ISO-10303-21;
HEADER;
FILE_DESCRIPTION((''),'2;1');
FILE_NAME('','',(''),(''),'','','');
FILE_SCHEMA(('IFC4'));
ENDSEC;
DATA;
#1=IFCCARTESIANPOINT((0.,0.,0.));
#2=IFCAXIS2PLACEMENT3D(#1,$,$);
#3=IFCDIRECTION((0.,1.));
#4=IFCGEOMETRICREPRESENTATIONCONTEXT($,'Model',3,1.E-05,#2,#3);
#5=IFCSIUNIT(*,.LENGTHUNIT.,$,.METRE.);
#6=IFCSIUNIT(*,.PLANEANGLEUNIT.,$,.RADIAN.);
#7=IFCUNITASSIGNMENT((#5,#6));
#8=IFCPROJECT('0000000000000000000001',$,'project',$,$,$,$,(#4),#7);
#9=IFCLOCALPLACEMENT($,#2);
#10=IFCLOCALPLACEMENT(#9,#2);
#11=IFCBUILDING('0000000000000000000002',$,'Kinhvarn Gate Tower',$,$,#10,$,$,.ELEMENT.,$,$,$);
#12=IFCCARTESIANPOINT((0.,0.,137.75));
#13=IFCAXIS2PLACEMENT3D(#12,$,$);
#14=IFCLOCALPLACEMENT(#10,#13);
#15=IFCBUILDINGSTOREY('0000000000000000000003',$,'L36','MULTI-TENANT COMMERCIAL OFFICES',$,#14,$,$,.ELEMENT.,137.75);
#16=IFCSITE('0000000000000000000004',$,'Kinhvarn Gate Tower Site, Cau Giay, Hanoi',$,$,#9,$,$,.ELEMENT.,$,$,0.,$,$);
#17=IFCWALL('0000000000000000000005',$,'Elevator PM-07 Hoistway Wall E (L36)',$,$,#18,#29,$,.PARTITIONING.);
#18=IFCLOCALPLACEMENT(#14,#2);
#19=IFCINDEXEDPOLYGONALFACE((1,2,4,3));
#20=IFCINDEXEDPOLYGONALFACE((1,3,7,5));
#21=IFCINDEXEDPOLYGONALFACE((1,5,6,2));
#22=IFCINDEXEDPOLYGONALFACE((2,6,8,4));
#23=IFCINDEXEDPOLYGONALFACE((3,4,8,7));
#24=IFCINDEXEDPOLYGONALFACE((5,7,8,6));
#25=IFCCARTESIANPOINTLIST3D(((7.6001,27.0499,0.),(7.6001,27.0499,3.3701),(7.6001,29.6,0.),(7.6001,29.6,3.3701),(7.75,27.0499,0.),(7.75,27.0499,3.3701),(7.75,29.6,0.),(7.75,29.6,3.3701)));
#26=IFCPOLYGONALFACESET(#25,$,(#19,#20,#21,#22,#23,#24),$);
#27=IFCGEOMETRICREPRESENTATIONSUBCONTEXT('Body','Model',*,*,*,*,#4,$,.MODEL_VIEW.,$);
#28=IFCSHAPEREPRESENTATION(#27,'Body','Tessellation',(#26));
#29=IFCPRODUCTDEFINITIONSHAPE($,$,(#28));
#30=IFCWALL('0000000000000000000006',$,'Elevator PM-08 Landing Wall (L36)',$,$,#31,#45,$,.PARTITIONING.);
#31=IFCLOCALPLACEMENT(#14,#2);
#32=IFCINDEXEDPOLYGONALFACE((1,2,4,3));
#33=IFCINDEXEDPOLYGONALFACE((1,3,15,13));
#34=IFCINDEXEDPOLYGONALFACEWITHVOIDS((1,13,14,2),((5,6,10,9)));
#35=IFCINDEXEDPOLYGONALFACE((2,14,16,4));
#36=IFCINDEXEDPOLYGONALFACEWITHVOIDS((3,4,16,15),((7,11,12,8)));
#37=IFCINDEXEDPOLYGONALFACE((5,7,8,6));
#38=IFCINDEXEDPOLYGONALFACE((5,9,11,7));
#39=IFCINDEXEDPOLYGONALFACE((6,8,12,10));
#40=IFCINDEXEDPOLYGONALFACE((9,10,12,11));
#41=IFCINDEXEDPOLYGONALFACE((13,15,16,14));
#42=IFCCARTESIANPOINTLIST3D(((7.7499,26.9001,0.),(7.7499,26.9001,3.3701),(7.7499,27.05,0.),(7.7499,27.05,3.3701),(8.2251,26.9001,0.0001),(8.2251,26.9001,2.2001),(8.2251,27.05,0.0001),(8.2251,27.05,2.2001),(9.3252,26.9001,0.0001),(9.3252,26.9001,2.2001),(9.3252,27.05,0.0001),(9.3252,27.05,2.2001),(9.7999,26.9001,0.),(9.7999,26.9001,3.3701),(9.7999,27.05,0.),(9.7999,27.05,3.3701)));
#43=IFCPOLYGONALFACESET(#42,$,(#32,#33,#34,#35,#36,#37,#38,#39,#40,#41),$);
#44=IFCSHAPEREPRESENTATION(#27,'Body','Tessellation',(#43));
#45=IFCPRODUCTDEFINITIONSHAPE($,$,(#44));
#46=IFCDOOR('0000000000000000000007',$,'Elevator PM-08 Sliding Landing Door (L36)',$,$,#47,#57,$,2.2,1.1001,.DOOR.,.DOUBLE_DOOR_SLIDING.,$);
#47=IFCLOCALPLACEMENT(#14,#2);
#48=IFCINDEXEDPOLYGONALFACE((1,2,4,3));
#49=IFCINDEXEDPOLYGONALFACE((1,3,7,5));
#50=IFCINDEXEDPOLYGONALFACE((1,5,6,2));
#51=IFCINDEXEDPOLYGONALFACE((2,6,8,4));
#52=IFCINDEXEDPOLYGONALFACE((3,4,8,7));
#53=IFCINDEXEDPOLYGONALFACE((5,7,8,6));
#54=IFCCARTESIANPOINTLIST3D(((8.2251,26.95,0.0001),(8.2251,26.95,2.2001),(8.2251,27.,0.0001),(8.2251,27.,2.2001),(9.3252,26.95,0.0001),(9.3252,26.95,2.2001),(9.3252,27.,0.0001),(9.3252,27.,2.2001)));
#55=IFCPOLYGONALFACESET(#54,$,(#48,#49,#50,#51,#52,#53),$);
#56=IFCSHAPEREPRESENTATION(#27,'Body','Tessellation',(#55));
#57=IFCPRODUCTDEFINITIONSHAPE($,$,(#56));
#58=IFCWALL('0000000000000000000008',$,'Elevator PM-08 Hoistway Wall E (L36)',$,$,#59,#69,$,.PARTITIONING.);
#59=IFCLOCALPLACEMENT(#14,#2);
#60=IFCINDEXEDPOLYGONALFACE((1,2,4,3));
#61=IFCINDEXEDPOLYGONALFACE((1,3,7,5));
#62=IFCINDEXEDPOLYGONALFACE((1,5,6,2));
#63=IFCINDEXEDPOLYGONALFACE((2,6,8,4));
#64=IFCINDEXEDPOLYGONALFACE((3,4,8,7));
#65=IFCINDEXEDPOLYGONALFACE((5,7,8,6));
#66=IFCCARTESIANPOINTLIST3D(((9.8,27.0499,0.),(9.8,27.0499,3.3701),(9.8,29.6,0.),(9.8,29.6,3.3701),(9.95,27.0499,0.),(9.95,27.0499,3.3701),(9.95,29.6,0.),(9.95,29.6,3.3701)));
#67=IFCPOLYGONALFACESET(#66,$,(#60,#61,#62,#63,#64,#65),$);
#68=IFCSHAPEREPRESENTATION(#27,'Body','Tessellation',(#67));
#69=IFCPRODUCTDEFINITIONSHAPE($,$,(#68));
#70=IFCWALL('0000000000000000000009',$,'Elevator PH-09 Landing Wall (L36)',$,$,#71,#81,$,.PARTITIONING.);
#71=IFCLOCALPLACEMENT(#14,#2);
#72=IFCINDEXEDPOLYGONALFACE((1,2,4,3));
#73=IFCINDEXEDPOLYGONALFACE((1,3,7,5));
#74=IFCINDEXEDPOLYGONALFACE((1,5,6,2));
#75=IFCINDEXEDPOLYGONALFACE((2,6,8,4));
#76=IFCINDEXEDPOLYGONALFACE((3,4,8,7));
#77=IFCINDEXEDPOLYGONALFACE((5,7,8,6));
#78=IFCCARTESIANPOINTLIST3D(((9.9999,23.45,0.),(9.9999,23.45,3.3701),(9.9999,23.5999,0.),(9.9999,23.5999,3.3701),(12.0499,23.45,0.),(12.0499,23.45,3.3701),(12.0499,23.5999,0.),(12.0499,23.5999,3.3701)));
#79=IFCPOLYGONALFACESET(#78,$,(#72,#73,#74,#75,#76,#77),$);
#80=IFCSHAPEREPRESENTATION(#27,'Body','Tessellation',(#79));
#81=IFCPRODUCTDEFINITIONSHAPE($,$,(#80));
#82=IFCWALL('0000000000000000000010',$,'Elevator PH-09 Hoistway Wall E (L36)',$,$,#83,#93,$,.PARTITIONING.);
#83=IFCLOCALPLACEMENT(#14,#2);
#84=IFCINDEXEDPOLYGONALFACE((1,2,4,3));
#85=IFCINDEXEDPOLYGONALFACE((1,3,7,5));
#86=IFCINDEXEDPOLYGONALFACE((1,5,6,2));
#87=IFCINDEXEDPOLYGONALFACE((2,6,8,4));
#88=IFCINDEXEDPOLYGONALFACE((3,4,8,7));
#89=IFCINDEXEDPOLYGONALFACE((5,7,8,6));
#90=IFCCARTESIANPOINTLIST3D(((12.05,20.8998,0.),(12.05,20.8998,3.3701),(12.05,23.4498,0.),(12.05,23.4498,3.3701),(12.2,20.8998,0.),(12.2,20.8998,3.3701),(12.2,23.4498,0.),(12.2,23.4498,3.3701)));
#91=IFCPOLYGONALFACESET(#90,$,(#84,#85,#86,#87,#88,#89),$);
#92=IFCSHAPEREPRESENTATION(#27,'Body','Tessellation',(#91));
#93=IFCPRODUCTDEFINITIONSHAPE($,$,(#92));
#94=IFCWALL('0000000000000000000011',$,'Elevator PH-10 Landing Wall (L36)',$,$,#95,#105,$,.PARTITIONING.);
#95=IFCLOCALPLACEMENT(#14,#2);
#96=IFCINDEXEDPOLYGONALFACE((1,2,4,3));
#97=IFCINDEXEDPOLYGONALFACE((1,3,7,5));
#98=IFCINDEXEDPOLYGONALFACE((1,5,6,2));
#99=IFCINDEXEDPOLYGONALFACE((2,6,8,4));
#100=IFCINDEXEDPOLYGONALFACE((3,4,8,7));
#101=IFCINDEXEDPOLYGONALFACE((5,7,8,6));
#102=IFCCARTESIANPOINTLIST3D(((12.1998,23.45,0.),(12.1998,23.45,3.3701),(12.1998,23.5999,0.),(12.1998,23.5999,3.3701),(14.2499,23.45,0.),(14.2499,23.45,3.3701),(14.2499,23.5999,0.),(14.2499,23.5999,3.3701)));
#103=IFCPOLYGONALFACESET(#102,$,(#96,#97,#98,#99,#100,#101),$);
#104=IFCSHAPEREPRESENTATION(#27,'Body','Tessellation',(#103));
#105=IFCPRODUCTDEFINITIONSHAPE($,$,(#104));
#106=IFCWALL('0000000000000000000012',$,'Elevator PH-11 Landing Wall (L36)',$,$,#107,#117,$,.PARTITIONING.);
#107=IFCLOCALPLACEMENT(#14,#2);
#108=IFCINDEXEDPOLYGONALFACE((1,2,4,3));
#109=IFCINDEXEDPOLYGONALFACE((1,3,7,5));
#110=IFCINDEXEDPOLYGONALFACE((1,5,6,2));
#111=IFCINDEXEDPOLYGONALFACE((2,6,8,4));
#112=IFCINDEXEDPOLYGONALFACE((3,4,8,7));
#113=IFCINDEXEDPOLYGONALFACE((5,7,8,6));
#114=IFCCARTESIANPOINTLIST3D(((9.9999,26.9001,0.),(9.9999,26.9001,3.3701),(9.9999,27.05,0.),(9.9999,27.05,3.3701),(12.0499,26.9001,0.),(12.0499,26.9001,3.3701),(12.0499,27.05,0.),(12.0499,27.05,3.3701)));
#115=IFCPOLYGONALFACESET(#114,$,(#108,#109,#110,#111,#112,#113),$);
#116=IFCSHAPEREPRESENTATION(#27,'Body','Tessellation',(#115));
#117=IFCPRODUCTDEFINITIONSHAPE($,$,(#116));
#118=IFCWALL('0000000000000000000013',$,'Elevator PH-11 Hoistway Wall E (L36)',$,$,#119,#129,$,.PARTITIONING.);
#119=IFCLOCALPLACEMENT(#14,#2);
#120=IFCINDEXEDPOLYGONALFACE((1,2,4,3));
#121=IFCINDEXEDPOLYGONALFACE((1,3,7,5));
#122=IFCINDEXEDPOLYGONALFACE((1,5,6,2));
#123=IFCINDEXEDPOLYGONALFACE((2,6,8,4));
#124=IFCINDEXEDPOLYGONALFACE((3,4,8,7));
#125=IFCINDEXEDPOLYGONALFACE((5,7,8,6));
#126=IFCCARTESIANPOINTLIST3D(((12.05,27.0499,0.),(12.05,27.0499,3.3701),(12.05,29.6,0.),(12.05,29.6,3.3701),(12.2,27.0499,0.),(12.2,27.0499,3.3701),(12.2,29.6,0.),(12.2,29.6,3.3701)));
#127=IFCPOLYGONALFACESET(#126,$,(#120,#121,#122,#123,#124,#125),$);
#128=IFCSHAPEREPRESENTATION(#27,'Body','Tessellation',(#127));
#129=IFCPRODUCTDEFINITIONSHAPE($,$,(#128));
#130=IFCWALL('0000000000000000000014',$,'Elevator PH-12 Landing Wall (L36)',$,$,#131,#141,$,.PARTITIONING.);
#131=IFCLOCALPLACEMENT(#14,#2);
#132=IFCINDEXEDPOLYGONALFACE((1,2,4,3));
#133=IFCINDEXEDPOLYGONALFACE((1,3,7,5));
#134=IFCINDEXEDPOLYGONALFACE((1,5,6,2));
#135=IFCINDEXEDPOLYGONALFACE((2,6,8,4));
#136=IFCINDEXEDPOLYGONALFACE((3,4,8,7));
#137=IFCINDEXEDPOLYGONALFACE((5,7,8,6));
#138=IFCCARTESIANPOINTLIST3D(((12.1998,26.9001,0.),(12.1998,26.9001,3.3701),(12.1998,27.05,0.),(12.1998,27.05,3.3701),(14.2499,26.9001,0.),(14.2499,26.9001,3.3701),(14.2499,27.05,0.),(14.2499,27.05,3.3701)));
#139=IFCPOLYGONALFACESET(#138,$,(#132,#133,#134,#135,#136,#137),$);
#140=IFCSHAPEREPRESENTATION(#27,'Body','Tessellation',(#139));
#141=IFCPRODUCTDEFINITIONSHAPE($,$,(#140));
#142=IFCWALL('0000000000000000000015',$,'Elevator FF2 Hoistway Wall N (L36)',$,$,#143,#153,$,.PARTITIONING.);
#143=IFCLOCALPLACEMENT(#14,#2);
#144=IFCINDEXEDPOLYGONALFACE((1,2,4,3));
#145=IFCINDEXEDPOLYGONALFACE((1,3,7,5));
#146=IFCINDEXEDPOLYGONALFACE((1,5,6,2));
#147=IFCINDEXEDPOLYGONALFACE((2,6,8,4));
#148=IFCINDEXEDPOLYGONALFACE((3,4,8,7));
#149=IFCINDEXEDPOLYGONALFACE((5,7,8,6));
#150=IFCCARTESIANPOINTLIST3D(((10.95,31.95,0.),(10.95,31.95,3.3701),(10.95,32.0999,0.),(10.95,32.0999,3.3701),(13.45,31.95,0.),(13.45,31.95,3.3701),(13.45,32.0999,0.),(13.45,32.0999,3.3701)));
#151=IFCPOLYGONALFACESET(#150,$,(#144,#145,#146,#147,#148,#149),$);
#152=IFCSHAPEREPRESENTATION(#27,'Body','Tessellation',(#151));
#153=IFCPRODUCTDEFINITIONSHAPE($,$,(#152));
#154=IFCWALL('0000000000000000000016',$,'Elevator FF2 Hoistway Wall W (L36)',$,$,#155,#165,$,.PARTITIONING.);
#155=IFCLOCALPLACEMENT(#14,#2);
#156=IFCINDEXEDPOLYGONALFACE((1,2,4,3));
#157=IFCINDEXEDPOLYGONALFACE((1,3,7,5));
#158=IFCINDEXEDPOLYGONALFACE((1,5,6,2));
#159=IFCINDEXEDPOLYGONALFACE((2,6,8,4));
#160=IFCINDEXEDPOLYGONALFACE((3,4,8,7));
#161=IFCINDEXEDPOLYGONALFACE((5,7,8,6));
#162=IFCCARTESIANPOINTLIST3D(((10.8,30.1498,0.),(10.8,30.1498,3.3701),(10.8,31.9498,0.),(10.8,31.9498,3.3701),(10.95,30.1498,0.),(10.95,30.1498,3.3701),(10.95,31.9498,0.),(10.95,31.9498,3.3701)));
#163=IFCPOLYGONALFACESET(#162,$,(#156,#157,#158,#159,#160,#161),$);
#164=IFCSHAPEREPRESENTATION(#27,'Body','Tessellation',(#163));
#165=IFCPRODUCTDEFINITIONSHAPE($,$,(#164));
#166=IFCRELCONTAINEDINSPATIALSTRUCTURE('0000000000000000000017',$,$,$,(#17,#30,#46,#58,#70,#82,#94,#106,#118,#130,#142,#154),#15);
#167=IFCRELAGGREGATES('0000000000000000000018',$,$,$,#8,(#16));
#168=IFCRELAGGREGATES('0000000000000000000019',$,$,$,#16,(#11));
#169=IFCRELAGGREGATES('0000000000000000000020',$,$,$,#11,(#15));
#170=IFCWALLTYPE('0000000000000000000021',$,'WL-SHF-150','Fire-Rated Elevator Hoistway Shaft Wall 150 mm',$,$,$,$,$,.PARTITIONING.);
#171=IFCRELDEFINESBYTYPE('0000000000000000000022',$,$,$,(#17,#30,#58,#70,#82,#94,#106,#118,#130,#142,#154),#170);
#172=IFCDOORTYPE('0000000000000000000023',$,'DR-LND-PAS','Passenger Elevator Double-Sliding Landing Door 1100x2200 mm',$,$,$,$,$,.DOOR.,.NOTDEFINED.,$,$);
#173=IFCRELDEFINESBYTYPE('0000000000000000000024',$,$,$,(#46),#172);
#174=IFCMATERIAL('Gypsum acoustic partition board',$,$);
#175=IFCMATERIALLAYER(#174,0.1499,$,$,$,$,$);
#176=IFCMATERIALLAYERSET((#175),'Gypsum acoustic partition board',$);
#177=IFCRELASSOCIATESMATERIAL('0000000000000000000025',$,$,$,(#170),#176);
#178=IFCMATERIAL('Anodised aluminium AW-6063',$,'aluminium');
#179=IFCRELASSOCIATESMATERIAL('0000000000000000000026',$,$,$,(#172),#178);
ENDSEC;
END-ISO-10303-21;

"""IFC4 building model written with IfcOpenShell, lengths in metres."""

from ifc_helpers import new_model, si_unit, direction, frame, frame_2d, origin, place, context, subcontext, project, spatial, rectangle, extrude, material, layer, layer_set, type_object, element, fill, save


model = new_model("IFC4")

# Units and contexts
model_context = context("Model", 3, precision=1e-05, world=origin(), true_north=direction((0.0, 1.0)))
body_context = subcontext(model_context, "Body", "Model", "MODEL_VIEW")
ifc_project = project(units=[si_unit("LENGTHUNIT", "METRE"), si_unit("PLANEANGLEUNIT", "RADIAN")], contexts=[model_context])

# Site, building, storey
site_placement = place(None, origin())
site = spatial("IfcSite", under=ifc_project, at=site_placement, Name="Kinhvarn Gate Tower Site, Cau Giay, Hanoi", CompositionType="ELEMENT", RefElevation=0.0)
building_placement = place(site_placement, origin())
building = spatial("IfcBuilding", under=site, at=building_placement, Name="Kinhvarn Gate Tower", CompositionType="ELEMENT")
storey_placement = place(building_placement, frame((0.0, 0.0, 137.75)))
storey = spatial("IfcBuildingStorey", under=building, at=storey_placement, Name="L36", Description="MULTI-TENANT COMMERCIAL OFFICES", CompositionType="ELEMENT", Elevation=137.75)

# Shared definitions
ifc_material_1 = material(Name="Gypsum acoustic partition board")

# Shared definitions
ifc_layer_1 = layer(ifc_material_1, 0.1499)
ifc_layer_set_1 = layer_set([ifc_layer_1], Name="Gypsum acoustic partition board")
wall_type_1 = type_object("IfcWallType", Name="WL-SHF-150", Description="Fire-Rated Elevator Hoistway Shaft Wall 150 mm", PredefinedType="PARTITIONING", material=ifc_layer_set_1)
ifc_material_2 = material(Name="Anodised aluminium AW-6063", Category="aluminium")
door_type_1 = type_object("IfcDoorType", Name="DR-LND-PAS", Description="Passenger Elevator Double-Sliding Landing Door 1100x2200 mm", OperationType="NOTDEFINED", PredefinedType="DOOR", material=ifc_material_2)

# Wall
for number, where, z_axis, x_axis, name in (
    (1, (7.675, 27.05, 0.0), (0.0, 0.0, 1.0), (0.0, 1.0, 0.0), "Elevator PM-07 Hoistway Wall E (L36)"),
):
    element("IfcWall", number, at=place(storey_placement, frame(where, z_axis=z_axis, x_axis=x_axis)), inside=storey, type_object=wall_type_1, Name=name, PredefinedType="PARTITIONING", context=body_context, shape_type="SweptSolid", body=[
        extrude(rectangle(XDim=2.55, YDim=0.1499, at=frame_2d((1.2749, 0.0))), origin(), (0.0, 0.0, 1.0), 3.3701),
    ])

# Wall, opening, door
wall_1_placement = place(storey_placement, frame((7.75, 26.9751, 0.0), z_axis=(0.0, 0.0, 1.0), x_axis=(1.0, 0.0, 0.0)))
wall_1 = element("IfcWall", 2, at=wall_1_placement, inside=storey, type_object=wall_type_1, Name="Elevator PM-08 Landing Wall (L36)", PredefinedType="PARTITIONING", context=body_context, shape_type="SweptSolid", body=[
    extrude(rectangle(XDim=2.05, YDim=0.1499, at=frame_2d((1.0249, 0.0))), origin(), (0.0, 0.0, 1.0), 3.3701),
])
opening_1_placement = place(wall_1_placement, frame((0.4751, 0.0, 0.0)))
opening_1 = element("IfcOpeningElement", 3, at=opening_1_placement, cuts=wall_1, PredefinedType="OPENING", context=body_context, shape_type="SweptSolid", body=[
    extrude(rectangle(XDim=1.1001, YDim=2.2, at=frame_2d((0.55, 1.1001))), frame((0.0, 0.085, 0.0), z_axis=(0.0, -1.0, 0.0), x_axis=(1.0, 0.0, 0.0)), (0.0, 0.0, 1.0), 0.1699),
])
door_1_placement = place(opening_1_placement, origin())
door_1 = element("IfcDoor", 4, at=door_1_placement, inside=storey, type_object=door_type_1, Name="Elevator PM-08 Sliding Landing Door (L36)", OperationType="DOUBLE_DOOR_SLIDING", OverallHeight=2.2, OverallWidth=1.1001, PredefinedType="DOOR", context=body_context, shape_type="SweptSolid", body=[
    extrude(rectangle(XDim=1.1001, YDim=2.2, at=frame_2d((0.55, 1.1001))), frame((0.0, 0.0249, 0.0), z_axis=(0.0, -1.0, 0.0), x_axis=(1.0, 0.0, 0.0)), (0.0, 0.0, 1.0), 0.05),
])
fill(opening_1, door_1)

# Walls
wall_2_placement = place(storey_placement, frame((9.875, 27.05, 0.0), z_axis=(0.0, 0.0, 1.0), x_axis=(0.0, 1.0, 0.0)))
element("IfcWall", 5, at=wall_2_placement, inside=storey, type_object=wall_type_1, Name="Elevator PM-08 Hoistway Wall E (L36)", PredefinedType="PARTITIONING", context=body_context, shape_type="SweptSolid", body=[
    extrude(rectangle(XDim=2.55, YDim=0.1499, at=frame_2d((1.2749, 0.0))), origin(), (0.0, 0.0, 1.0), 3.3701),
])
wall_3_placement = place(storey_placement, frame((10.0, 23.5249, 0.0), z_axis=(0.0, 0.0, 1.0), x_axis=(1.0, 0.0, 0.0)))
element("IfcWall", 6, at=wall_3_placement, inside=storey, type_object=wall_type_1, Name="Elevator PH-09 Landing Wall (L36)", PredefinedType="PARTITIONING", context=body_context, shape_type="SweptSolid", body=[
    extrude(rectangle(XDim=2.05, YDim=0.1499, at=frame_2d((1.0249, 0.0))), origin(), (0.0, 0.0, 1.0), 3.3701),
])
wall_4_placement = place(storey_placement, frame((12.125, 20.8999, 0.0), z_axis=(0.0, 0.0, 1.0), x_axis=(0.0, 1.0, 0.0)))
element("IfcWall", 7, at=wall_4_placement, inside=storey, type_object=wall_type_1, Name="Elevator PH-09 Hoistway Wall E (L36)", PredefinedType="PARTITIONING", context=body_context, shape_type="SweptSolid", body=[
    extrude(rectangle(XDim=2.55, YDim=0.1499, at=frame_2d((1.2749, 0.0))), origin(), (0.0, 0.0, 1.0), 3.3701),
])
for number, where, z_axis, x_axis, name in (
    (8, (12.2, 23.5249, 0.0), (0.0, 0.0, 1.0), (1.0, 0.0, 0.0), "Elevator PH-10 Landing Wall (L36)"),
    (9, (10.0, 26.9751, 0.0), (0.0, 0.0, 1.0), (1.0, 0.0, 0.0), "Elevator PH-11 Landing Wall (L36)"),
):
    element("IfcWall", number, at=place(storey_placement, frame(where, z_axis=z_axis, x_axis=x_axis)), inside=storey, type_object=wall_type_1, Name=name, PredefinedType="PARTITIONING", context=body_context, shape_type="SweptSolid", body=[
        extrude(rectangle(XDim=2.05, YDim=0.1499, at=frame_2d((1.0249, 0.0))), origin(), (0.0, 0.0, 1.0), 3.3701),
    ])
wall_5_placement = place(storey_placement, frame((12.125, 27.05, 0.0), z_axis=(0.0, 0.0, 1.0), x_axis=(0.0, 1.0, 0.0)))
element("IfcWall", 10, at=wall_5_placement, inside=storey, type_object=wall_type_1, Name="Elevator PH-11 Hoistway Wall E (L36)", PredefinedType="PARTITIONING", context=body_context, shape_type="SweptSolid", body=[
    extrude(rectangle(XDim=2.55, YDim=0.1499, at=frame_2d((1.2749, 0.0))), origin(), (0.0, 0.0, 1.0), 3.3701),
])
wall_6_placement = place(storey_placement, frame((12.2, 26.9751, 0.0), z_axis=(0.0, 0.0, 1.0), x_axis=(1.0, 0.0, 0.0)))
element("IfcWall", 11, at=wall_6_placement, inside=storey, type_object=wall_type_1, Name="Elevator PH-12 Landing Wall (L36)", PredefinedType="PARTITIONING", context=body_context, shape_type="SweptSolid", body=[
    extrude(rectangle(XDim=2.05, YDim=0.1499, at=frame_2d((1.0249, 0.0))), origin(), (0.0, 0.0, 1.0), 3.3701),
])
wall_7_placement = place(storey_placement, frame((10.95, 32.0249, 0.0), z_axis=(0.0, 0.0, 1.0), x_axis=(1.0, 0.0, 0.0)))
element("IfcWall", 12, at=wall_7_placement, inside=storey, type_object=wall_type_1, Name="Elevator FF2 Hoistway Wall N (L36)", PredefinedType="PARTITIONING", context=body_context, shape_type="SweptSolid", body=[
    extrude(rectangle(XDim=2.5, YDim=0.1499, at=frame_2d((1.25, 0.0))), origin(), (0.0, 0.0, 1.0), 3.3701),
])
wall_8_placement = place(storey_placement, frame((10.875, 30.1499, 0.0), z_axis=(0.0, 0.0, 1.0), x_axis=(0.0, 1.0, 0.0)))
element("IfcWall", 13, at=wall_8_placement, inside=storey, type_object=wall_type_1, Name="Elevator FF2 Hoistway Wall W (L36)", PredefinedType="PARTITIONING", context=body_context, shape_type="SweptSolid", body=[
    extrude(rectangle(XDim=1.8, YDim=0.1499, at=frame_2d((0.8999, 0.0))), origin(), (0.0, 0.0, 1.0), 3.3701),
])

save(model, "model.ifc")
